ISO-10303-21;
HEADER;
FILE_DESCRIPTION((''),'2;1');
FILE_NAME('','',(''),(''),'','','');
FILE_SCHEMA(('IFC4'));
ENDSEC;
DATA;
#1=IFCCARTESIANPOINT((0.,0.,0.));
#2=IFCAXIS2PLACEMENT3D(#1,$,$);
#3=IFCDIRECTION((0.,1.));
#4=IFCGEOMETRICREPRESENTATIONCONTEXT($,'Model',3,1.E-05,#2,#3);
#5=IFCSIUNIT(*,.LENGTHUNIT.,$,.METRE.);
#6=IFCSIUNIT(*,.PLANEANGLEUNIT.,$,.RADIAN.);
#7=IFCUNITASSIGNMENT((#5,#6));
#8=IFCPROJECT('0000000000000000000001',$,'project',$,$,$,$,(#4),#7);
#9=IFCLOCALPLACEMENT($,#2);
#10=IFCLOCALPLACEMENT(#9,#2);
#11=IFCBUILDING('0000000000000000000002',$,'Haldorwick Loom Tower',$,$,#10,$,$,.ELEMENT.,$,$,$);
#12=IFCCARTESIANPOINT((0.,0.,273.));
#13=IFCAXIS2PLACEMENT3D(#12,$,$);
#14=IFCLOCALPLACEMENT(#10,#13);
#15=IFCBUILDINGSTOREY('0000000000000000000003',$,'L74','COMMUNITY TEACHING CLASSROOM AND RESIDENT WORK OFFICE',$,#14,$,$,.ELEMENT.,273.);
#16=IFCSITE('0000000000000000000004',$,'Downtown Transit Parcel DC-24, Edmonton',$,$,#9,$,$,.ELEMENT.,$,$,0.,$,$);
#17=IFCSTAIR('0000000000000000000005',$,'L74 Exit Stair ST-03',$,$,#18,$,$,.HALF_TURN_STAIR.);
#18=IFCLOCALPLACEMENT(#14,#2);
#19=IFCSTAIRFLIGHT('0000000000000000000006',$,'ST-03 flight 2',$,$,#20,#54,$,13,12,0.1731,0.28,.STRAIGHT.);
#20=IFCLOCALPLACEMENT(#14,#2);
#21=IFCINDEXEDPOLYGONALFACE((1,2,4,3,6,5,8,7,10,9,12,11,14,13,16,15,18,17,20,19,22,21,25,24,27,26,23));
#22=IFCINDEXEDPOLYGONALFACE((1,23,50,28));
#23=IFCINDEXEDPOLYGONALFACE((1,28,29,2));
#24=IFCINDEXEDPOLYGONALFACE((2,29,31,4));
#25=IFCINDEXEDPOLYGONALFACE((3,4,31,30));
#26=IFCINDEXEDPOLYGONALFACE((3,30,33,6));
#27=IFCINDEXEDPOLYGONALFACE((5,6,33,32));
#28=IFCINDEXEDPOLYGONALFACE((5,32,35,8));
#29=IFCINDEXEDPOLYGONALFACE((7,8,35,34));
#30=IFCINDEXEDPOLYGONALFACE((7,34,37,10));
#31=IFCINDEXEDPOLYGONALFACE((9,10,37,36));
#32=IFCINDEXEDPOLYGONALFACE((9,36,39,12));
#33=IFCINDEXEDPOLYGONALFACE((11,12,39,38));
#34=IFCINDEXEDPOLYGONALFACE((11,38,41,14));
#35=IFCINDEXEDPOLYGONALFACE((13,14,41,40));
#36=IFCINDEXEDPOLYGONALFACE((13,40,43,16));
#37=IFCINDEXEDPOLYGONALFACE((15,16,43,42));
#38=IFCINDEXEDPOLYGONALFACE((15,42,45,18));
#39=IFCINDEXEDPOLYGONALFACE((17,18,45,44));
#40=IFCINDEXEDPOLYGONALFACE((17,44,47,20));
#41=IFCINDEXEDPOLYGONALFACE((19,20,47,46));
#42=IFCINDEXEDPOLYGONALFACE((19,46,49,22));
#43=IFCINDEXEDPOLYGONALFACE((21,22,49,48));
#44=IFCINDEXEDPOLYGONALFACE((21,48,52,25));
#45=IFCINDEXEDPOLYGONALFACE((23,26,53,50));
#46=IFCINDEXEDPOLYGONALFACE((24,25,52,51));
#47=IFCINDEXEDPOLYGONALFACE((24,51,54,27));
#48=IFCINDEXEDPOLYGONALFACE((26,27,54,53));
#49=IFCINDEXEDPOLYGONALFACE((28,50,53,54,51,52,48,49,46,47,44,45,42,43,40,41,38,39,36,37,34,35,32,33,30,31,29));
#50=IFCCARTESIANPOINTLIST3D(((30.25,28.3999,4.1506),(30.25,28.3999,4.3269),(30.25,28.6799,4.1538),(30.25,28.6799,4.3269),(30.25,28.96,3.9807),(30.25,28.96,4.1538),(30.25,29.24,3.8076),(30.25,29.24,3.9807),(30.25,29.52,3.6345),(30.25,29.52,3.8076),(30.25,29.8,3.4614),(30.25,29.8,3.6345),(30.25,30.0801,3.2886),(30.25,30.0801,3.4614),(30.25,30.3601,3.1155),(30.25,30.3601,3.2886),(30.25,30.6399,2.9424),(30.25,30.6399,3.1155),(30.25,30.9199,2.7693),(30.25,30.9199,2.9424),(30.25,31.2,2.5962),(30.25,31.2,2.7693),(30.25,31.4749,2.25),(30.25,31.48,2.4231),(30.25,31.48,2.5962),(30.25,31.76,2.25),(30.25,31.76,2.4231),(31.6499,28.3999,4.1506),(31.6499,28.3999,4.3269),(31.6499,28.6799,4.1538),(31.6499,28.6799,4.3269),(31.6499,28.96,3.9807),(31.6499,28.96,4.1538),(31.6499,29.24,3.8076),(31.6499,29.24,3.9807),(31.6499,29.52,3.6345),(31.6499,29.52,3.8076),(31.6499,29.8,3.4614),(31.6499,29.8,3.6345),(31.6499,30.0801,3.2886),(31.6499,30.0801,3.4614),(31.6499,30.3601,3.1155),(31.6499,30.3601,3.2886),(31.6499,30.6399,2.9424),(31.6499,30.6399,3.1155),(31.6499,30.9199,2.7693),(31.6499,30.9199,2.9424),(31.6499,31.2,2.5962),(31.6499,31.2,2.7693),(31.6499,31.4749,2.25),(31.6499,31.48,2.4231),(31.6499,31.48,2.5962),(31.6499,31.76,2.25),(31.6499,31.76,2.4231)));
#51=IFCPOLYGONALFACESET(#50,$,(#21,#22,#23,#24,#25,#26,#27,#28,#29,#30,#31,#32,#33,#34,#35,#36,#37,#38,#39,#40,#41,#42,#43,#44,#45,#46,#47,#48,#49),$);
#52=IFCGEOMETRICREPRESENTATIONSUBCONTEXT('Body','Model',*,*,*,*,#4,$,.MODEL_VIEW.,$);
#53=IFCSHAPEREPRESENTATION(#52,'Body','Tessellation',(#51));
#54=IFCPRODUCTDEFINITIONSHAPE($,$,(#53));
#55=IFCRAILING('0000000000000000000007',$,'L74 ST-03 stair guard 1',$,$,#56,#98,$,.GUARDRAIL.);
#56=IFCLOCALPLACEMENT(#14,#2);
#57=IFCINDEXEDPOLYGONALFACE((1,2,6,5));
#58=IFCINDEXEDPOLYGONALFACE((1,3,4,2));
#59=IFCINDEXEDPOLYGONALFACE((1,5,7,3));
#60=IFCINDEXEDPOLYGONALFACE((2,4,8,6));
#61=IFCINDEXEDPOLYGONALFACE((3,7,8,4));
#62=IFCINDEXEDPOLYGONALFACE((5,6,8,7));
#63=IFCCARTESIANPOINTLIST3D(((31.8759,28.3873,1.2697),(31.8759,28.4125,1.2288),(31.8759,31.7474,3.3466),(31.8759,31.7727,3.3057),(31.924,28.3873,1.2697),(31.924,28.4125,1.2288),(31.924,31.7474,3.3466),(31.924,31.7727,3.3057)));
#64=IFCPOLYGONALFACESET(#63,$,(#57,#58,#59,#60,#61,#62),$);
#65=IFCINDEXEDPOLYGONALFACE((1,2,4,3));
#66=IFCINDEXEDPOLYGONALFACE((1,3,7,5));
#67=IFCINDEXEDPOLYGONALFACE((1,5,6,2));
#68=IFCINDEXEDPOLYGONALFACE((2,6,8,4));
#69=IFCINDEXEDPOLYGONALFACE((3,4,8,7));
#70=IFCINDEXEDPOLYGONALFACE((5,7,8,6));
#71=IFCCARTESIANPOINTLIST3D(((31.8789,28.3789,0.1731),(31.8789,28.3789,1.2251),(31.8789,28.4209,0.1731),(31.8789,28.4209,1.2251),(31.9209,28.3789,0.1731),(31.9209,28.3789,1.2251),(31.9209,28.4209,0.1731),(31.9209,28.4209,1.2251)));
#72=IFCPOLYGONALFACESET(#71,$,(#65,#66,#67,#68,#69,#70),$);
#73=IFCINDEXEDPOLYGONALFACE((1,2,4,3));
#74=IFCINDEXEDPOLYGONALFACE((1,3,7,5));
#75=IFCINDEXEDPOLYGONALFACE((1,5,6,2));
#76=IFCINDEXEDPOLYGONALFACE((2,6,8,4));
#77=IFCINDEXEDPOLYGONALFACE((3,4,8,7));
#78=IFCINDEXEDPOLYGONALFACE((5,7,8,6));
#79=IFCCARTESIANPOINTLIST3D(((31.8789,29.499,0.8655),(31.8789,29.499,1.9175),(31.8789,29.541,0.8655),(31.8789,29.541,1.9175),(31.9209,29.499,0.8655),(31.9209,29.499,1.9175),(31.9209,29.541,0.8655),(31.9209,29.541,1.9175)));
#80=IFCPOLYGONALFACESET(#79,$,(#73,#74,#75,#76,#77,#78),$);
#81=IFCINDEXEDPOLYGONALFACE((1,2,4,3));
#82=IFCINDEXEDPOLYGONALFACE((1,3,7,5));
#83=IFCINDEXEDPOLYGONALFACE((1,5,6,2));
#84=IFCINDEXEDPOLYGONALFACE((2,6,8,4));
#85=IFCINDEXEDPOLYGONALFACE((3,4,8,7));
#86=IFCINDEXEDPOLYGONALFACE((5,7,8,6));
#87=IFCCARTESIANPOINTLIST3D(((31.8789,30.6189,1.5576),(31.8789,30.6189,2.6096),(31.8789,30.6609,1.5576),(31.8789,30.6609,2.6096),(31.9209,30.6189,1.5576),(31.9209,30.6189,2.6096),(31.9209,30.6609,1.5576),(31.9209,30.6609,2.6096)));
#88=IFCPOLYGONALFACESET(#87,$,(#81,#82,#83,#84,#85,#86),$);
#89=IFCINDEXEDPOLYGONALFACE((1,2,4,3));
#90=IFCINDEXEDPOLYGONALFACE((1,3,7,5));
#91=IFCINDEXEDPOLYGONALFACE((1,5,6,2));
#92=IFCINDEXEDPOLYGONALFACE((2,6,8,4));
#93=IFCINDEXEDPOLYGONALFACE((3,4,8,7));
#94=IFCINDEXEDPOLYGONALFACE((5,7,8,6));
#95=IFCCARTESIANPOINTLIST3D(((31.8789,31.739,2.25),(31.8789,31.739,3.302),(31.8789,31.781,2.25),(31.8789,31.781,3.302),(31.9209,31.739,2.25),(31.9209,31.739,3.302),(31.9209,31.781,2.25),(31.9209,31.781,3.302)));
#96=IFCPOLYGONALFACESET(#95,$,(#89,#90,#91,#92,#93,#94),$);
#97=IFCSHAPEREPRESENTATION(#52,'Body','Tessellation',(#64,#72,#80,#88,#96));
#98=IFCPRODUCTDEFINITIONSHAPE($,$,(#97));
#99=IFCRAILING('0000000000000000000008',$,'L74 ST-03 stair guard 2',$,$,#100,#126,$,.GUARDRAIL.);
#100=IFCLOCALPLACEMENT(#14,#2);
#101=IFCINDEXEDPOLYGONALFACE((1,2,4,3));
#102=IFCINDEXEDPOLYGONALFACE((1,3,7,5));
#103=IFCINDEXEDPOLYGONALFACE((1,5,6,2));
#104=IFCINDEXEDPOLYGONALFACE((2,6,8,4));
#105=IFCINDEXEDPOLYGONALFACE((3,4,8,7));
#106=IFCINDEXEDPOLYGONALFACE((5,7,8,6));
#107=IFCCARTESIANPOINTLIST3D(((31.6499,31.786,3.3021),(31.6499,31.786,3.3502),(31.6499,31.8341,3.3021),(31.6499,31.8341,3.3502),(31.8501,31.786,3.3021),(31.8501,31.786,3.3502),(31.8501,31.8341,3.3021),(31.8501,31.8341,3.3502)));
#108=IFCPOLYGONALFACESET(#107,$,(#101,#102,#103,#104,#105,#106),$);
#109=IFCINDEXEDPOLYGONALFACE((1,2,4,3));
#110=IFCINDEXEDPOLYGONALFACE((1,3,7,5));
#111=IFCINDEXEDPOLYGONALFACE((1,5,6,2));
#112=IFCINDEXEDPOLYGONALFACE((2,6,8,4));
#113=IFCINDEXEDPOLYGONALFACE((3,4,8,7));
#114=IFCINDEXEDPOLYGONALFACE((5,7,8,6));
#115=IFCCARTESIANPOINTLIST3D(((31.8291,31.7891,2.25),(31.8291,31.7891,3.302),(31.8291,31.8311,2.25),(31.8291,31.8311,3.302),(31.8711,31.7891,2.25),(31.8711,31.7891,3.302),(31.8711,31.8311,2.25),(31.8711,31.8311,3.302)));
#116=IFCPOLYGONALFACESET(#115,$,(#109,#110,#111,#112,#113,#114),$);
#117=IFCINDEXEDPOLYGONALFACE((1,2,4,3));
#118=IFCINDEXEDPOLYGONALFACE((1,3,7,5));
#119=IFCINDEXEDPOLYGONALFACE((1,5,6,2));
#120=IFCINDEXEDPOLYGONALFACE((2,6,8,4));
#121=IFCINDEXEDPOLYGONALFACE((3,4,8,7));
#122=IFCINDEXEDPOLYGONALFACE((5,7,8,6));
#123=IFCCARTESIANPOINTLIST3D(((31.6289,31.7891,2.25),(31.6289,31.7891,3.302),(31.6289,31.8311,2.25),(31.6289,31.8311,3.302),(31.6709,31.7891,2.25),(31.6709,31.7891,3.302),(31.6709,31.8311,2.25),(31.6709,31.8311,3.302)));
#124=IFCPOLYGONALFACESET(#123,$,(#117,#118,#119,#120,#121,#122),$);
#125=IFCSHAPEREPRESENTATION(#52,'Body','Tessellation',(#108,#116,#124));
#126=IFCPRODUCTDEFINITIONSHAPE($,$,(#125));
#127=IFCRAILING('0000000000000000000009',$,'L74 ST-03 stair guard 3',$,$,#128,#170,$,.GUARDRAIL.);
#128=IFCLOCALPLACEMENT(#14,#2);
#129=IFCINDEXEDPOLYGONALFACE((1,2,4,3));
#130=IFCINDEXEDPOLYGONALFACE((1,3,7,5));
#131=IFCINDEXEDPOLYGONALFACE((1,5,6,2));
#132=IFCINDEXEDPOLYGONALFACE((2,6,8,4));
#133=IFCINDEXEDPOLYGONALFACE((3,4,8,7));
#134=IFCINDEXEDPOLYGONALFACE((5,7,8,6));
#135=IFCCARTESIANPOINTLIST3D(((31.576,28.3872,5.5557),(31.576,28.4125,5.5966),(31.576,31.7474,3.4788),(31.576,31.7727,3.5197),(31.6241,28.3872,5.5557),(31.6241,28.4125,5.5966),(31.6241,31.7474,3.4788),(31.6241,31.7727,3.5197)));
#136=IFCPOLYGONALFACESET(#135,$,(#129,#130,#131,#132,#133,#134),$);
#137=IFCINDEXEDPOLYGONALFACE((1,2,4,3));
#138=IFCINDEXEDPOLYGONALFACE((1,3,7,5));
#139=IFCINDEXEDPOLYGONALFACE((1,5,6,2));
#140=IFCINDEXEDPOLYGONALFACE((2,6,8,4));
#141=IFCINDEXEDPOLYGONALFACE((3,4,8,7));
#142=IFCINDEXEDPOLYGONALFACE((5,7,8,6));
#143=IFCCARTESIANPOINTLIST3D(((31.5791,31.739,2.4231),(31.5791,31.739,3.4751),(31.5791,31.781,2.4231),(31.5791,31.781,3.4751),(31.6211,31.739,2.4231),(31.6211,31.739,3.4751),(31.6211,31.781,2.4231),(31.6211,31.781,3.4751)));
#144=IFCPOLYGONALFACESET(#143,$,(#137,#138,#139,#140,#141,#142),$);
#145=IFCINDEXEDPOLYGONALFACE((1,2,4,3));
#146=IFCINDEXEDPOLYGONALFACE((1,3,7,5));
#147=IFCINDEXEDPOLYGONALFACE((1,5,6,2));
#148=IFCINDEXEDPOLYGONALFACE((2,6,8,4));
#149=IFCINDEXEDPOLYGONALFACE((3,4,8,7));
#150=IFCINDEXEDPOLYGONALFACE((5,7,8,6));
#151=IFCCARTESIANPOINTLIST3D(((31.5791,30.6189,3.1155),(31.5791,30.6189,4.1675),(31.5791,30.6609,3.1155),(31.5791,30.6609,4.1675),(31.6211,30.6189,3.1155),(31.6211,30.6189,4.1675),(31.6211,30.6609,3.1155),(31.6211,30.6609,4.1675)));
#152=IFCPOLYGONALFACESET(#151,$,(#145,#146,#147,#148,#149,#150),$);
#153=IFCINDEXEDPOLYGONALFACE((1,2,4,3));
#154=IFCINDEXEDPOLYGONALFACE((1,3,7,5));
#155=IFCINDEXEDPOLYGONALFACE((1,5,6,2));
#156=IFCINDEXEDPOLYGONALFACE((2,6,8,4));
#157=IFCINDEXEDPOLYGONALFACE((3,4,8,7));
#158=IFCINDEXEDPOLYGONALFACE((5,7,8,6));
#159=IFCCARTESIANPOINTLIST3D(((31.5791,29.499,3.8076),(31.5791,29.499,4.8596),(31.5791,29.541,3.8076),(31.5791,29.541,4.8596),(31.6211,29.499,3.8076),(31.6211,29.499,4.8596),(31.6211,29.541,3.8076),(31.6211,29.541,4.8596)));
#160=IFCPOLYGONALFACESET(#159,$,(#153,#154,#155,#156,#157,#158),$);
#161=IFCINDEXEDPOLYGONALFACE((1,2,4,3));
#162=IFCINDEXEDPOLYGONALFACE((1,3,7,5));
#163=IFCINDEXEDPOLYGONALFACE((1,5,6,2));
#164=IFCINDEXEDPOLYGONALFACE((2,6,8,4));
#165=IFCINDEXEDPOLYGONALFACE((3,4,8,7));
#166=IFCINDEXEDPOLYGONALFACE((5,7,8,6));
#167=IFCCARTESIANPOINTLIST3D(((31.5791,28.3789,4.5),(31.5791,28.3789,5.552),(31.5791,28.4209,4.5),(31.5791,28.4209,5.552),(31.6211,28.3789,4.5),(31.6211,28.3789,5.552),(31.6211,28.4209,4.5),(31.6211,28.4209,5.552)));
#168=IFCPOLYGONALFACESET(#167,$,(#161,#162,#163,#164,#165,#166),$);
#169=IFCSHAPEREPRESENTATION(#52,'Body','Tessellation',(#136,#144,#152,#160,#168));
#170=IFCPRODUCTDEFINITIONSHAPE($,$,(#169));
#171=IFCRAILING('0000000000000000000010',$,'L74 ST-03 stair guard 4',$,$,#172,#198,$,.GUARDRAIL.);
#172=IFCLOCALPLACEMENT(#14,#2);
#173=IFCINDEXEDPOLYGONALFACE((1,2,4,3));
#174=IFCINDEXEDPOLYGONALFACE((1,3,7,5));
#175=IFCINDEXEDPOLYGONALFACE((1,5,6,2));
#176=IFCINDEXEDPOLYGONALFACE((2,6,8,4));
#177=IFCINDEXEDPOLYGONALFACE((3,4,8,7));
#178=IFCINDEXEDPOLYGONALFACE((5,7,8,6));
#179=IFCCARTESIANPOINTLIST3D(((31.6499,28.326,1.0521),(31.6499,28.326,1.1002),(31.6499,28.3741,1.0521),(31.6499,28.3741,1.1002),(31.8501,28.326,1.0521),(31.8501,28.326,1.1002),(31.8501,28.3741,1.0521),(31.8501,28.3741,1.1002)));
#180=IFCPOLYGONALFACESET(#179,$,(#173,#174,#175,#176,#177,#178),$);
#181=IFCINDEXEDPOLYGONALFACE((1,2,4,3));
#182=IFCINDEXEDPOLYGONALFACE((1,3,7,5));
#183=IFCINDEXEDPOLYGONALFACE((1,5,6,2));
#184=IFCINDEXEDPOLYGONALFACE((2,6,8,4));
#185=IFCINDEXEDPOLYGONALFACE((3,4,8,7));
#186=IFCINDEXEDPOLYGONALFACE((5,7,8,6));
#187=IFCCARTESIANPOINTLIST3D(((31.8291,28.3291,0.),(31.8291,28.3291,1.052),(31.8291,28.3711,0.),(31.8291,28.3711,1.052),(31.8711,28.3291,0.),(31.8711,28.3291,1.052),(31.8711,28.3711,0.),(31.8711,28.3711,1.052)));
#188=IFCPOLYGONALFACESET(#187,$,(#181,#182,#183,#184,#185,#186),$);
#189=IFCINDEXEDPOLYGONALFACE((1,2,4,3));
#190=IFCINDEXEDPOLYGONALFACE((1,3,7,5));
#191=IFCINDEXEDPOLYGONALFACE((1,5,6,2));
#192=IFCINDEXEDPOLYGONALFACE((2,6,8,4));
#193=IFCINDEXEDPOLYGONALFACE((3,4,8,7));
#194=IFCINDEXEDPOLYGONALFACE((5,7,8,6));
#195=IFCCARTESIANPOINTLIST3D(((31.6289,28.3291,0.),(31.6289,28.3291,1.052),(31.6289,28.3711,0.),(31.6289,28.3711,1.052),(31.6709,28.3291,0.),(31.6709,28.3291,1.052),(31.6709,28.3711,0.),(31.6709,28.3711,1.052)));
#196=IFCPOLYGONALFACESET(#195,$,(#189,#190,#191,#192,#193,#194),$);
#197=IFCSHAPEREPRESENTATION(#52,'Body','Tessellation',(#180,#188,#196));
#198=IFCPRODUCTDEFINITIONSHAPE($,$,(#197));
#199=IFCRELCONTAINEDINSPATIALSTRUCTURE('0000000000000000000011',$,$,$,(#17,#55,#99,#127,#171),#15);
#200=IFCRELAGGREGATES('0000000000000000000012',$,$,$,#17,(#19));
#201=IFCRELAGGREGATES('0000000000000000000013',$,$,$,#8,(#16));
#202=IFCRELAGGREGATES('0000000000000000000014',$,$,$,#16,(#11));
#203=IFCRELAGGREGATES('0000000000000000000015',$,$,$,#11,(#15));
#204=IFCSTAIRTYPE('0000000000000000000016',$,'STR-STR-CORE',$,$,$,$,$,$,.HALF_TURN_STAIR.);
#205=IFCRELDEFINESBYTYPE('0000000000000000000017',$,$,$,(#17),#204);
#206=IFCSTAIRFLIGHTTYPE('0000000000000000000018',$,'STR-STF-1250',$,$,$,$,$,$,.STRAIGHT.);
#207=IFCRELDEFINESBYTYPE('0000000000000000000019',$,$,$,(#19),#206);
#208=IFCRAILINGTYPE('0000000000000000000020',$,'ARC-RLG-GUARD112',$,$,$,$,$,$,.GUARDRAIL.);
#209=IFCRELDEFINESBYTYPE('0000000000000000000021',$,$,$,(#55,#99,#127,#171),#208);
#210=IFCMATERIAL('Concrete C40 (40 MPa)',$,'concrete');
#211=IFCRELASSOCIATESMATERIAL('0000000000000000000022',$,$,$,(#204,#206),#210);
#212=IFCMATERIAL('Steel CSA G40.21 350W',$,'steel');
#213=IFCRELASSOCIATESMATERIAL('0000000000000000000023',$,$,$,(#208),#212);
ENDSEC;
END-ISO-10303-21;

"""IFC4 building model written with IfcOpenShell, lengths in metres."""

from ifc_helpers import new_model, si_unit, direction, frame, origin, origin_2d, place, context, subcontext, project, spatial, polyline, rectangle, outline, extrude, material, type_object, element, aggregate, save


model = new_model("IFC4")

# Units and contexts
model_context = context("Model", 3, precision=1e-05, world=origin(), true_north=direction((0.0, 1.0)))
body_context = subcontext(model_context, "Body", "Model", "MODEL_VIEW")
ifc_project = project(units=[si_unit("LENGTHUNIT", "METRE"), si_unit("PLANEANGLEUNIT", "RADIAN")], contexts=[model_context])

# Site, building, storey
site_placement = place(None, origin())
site = spatial("IfcSite", under=ifc_project, at=site_placement, Name="Downtown Transit Parcel DC-24, Edmonton", CompositionType="ELEMENT", RefElevation=0.0)
building_placement = place(site_placement, origin())
building = spatial("IfcBuilding", under=site, at=building_placement, Name="Haldorwick Loom Tower", CompositionType="ELEMENT")
storey_placement = place(building_placement, frame((0.0, 0.0, 273.0)))
storey = spatial("IfcBuildingStorey", under=building, at=storey_placement, Name="L74", Description="COMMUNITY TEACHING CLASSROOM AND RESIDENT WORK OFFICE", CompositionType="ELEMENT", Elevation=273.0)

# Shared definitions
ifc_material_1 = material(Name="Steel CSA G40.21 350W", Category="steel")

# Stair, stair flight
ifc_material_2 = material(Name="Concrete C40 (40 MPa)", Category="concrete")
stair_type = type_object("IfcStairType", Name="STR-STR-CORE", PredefinedType="HALF_TURN_STAIR", material=ifc_material_2)
stair_placement = place(storey_placement, origin())
stair = element("IfcStair", 1, at=stair_placement, inside=storey, type_object=stair_type, Name="L74 Exit Stair ST-03", PredefinedType="HALF_TURN_STAIR")
stair_flight_type = type_object("IfcStairFlightType", Name="STR-STF-1250", PredefinedType="STRAIGHT", material=ifc_material_2)
stair_flight_1_placement = place(storey_placement, frame((30.95, 31.76, 2.25), z_axis=(0.0, 0.0, 1.0), x_axis=(0.0, -1.0, 0.0)))
stair_flight_1 = element("IfcStairFlight", 2, at=stair_flight_1_placement, type_object=stair_flight_type, Name="ST-03 flight 2", NumberOfRisers=13, NumberOfTreads=12, PredefinedType="STRAIGHT", RiserHeight=0.1731, TreadLength=0.28, context=body_context, shape_type="SweptSolid", body=[
    extrude(outline(polyline([(0.0, 0.0), (0.0, 0.1731), (0.28, 0.1731), (0.28, 0.3462), (0.5601, 0.3462), (0.5601, 0.5193), (0.8401, 0.5193), (0.8401, 0.6924), (1.1201, 0.6924), (1.1201, 0.8655), (1.3999, 0.8655), (1.3999, 1.0386), (1.6799, 1.0386), (1.6799, 1.2114), (1.96, 1.2114), (1.96, 1.3845), (2.24, 1.3845), (2.24, 1.5576), (2.52, 1.5576), (2.52, 1.7307), (2.8, 1.7307), (2.8, 1.9038), (3.0801, 1.9038), (3.0801, 2.0769), (3.3601, 2.0769), (3.3601, 2.25), (3.3601, 1.9006), (0.2852, 0.0), (0.0, 0.0)])), frame((0.0, 0.7, 0.0), z_axis=(0.0, -1.0, 0.0), x_axis=(1.0, 0.0, 0.0)), (0.0, 0.0, 1.0), 1.3999),
])
aggregate(stair, [stair_flight_1])

# Railings
railing_type_1 = type_object("IfcRailingType", Name="ARC-RLG-GUARD112", PredefinedType="GUARDRAIL", material=ifc_material_1)
railing_1_placement = place(storey_placement, frame((31.8999, 28.3999, 0.1731)))
element("IfcRailing", 3, at=railing_1_placement, inside=storey, type_object=railing_type_1, Name="L74 ST-03 stair guard 1", PredefinedType="GUARDRAIL", context=body_context, shape_type="SweptSolid", body=[
    extrude(rectangle(XDim=0.0481, YDim=0.0481, at=origin_2d()), frame((0.0, 0.0, 1.0762), z_axis=(0.0, 0.850623, 0.525776), x_axis=(-1.0, 0.0, 0.0)), (0.0, 0.0, 1.0), 3.9502),
    extrude(rectangle(XDim=0.042, YDim=0.042, at=origin_2d()), origin(), (0.0, 0.0, 1.0), 1.052),
    extrude(rectangle(XDim=0.042, YDim=0.042, at=origin_2d()), frame((0.0, 1.1201, 0.6924)), (0.0, 0.0, 1.0), 1.052),
    extrude(rectangle(XDim=0.042, YDim=0.042, at=origin_2d()), frame((0.0, 2.24, 1.3845)), (0.0, 0.0, 1.0), 1.052),
    extrude(rectangle(XDim=0.042, YDim=0.042, at=origin_2d()), frame((0.0, 3.3601, 2.0769)), (0.0, 0.0, 1.0), 1.052),
])
railing_2_placement = place(storey_placement, frame((31.8501, 31.8101, 2.25)))
element("IfcRailing", 4, at=railing_2_placement, inside=storey, type_object=railing_type_1, Name="L74 ST-03 stair guard 2", PredefinedType="GUARDRAIL", context=body_context, shape_type="SweptSolid", body=[
    extrude(rectangle(XDim=0.0481, YDim=0.0481, at=origin_2d()), frame((0.0, 0.0, 1.0762), z_axis=(-1.0, 0.0, 0.0), x_axis=(0.0, -1.0, 0.0)), (0.0, 0.0, 1.0), 0.2002),
    extrude(rectangle(XDim=0.042, YDim=0.042, at=origin_2d()), origin(), (0.0, 0.0, 1.0), 1.052),
    extrude(rectangle(XDim=0.042, YDim=0.042, at=origin_2d()), frame((-0.2002, 0.0, 0.0)), (0.0, 0.0, 1.0), 1.052),
])
railing_3_placement = place(storey_placement, frame((31.6001, 31.76, 2.4231)))
element("IfcRailing", 5, at=railing_3_placement, inside=storey, type_object=railing_type_1, Name="L74 ST-03 stair guard 3", PredefinedType="GUARDRAIL", context=body_context, shape_type="SweptSolid", body=[
    extrude(rectangle(XDim=0.0481, YDim=0.0481, at=origin_2d()), frame((0.0, 0.0, 1.0762), z_axis=(0.0, -0.850623, 0.525776), x_axis=(1.0, 0.0, 0.0)), (0.0, 0.0, 1.0), 3.9502),
    extrude(rectangle(XDim=0.042, YDim=0.042, at=origin_2d()), origin(), (0.0, 0.0, 1.0), 1.052),
    extrude(rectangle(XDim=0.042, YDim=0.042, at=origin_2d()), frame((0.0, -1.1201, 0.6924)), (0.0, 0.0, 1.0), 1.052),
    extrude(rectangle(XDim=0.042, YDim=0.042, at=origin_2d()), frame((0.0, -2.24, 1.3845)), (0.0, 0.0, 1.0), 1.052),
    extrude(rectangle(XDim=0.042, YDim=0.042, at=origin_2d()), frame((0.0, -3.3601, 2.0769)), (0.0, 0.0, 1.0), 1.052),
])
railing_4_placement = place(storey_placement, frame((31.8501, 28.3501, 0.0)))
element("IfcRailing", 6, at=railing_4_placement, inside=storey, type_object=railing_type_1, Name="L74 ST-03 stair guard 4", PredefinedType="GUARDRAIL", context=body_context, shape_type="SweptSolid", body=[
    extrude(rectangle(XDim=0.0481, YDim=0.0481, at=origin_2d()), frame((0.0, 0.0, 1.0762), z_axis=(-1.0, 0.0, 0.0), x_axis=(0.0, -1.0, 0.0)), (0.0, 0.0, 1.0), 0.2002),
    extrude(rectangle(XDim=0.042, YDim=0.042, at=origin_2d()), origin(), (0.0, 0.0, 1.0), 1.052),
    extrude(rectangle(XDim=0.042, YDim=0.042, at=origin_2d()), frame((-0.2002, 0.0, 0.0)), (0.0, 0.0, 1.0), 1.052),
])

save(model, "model.ifc")
